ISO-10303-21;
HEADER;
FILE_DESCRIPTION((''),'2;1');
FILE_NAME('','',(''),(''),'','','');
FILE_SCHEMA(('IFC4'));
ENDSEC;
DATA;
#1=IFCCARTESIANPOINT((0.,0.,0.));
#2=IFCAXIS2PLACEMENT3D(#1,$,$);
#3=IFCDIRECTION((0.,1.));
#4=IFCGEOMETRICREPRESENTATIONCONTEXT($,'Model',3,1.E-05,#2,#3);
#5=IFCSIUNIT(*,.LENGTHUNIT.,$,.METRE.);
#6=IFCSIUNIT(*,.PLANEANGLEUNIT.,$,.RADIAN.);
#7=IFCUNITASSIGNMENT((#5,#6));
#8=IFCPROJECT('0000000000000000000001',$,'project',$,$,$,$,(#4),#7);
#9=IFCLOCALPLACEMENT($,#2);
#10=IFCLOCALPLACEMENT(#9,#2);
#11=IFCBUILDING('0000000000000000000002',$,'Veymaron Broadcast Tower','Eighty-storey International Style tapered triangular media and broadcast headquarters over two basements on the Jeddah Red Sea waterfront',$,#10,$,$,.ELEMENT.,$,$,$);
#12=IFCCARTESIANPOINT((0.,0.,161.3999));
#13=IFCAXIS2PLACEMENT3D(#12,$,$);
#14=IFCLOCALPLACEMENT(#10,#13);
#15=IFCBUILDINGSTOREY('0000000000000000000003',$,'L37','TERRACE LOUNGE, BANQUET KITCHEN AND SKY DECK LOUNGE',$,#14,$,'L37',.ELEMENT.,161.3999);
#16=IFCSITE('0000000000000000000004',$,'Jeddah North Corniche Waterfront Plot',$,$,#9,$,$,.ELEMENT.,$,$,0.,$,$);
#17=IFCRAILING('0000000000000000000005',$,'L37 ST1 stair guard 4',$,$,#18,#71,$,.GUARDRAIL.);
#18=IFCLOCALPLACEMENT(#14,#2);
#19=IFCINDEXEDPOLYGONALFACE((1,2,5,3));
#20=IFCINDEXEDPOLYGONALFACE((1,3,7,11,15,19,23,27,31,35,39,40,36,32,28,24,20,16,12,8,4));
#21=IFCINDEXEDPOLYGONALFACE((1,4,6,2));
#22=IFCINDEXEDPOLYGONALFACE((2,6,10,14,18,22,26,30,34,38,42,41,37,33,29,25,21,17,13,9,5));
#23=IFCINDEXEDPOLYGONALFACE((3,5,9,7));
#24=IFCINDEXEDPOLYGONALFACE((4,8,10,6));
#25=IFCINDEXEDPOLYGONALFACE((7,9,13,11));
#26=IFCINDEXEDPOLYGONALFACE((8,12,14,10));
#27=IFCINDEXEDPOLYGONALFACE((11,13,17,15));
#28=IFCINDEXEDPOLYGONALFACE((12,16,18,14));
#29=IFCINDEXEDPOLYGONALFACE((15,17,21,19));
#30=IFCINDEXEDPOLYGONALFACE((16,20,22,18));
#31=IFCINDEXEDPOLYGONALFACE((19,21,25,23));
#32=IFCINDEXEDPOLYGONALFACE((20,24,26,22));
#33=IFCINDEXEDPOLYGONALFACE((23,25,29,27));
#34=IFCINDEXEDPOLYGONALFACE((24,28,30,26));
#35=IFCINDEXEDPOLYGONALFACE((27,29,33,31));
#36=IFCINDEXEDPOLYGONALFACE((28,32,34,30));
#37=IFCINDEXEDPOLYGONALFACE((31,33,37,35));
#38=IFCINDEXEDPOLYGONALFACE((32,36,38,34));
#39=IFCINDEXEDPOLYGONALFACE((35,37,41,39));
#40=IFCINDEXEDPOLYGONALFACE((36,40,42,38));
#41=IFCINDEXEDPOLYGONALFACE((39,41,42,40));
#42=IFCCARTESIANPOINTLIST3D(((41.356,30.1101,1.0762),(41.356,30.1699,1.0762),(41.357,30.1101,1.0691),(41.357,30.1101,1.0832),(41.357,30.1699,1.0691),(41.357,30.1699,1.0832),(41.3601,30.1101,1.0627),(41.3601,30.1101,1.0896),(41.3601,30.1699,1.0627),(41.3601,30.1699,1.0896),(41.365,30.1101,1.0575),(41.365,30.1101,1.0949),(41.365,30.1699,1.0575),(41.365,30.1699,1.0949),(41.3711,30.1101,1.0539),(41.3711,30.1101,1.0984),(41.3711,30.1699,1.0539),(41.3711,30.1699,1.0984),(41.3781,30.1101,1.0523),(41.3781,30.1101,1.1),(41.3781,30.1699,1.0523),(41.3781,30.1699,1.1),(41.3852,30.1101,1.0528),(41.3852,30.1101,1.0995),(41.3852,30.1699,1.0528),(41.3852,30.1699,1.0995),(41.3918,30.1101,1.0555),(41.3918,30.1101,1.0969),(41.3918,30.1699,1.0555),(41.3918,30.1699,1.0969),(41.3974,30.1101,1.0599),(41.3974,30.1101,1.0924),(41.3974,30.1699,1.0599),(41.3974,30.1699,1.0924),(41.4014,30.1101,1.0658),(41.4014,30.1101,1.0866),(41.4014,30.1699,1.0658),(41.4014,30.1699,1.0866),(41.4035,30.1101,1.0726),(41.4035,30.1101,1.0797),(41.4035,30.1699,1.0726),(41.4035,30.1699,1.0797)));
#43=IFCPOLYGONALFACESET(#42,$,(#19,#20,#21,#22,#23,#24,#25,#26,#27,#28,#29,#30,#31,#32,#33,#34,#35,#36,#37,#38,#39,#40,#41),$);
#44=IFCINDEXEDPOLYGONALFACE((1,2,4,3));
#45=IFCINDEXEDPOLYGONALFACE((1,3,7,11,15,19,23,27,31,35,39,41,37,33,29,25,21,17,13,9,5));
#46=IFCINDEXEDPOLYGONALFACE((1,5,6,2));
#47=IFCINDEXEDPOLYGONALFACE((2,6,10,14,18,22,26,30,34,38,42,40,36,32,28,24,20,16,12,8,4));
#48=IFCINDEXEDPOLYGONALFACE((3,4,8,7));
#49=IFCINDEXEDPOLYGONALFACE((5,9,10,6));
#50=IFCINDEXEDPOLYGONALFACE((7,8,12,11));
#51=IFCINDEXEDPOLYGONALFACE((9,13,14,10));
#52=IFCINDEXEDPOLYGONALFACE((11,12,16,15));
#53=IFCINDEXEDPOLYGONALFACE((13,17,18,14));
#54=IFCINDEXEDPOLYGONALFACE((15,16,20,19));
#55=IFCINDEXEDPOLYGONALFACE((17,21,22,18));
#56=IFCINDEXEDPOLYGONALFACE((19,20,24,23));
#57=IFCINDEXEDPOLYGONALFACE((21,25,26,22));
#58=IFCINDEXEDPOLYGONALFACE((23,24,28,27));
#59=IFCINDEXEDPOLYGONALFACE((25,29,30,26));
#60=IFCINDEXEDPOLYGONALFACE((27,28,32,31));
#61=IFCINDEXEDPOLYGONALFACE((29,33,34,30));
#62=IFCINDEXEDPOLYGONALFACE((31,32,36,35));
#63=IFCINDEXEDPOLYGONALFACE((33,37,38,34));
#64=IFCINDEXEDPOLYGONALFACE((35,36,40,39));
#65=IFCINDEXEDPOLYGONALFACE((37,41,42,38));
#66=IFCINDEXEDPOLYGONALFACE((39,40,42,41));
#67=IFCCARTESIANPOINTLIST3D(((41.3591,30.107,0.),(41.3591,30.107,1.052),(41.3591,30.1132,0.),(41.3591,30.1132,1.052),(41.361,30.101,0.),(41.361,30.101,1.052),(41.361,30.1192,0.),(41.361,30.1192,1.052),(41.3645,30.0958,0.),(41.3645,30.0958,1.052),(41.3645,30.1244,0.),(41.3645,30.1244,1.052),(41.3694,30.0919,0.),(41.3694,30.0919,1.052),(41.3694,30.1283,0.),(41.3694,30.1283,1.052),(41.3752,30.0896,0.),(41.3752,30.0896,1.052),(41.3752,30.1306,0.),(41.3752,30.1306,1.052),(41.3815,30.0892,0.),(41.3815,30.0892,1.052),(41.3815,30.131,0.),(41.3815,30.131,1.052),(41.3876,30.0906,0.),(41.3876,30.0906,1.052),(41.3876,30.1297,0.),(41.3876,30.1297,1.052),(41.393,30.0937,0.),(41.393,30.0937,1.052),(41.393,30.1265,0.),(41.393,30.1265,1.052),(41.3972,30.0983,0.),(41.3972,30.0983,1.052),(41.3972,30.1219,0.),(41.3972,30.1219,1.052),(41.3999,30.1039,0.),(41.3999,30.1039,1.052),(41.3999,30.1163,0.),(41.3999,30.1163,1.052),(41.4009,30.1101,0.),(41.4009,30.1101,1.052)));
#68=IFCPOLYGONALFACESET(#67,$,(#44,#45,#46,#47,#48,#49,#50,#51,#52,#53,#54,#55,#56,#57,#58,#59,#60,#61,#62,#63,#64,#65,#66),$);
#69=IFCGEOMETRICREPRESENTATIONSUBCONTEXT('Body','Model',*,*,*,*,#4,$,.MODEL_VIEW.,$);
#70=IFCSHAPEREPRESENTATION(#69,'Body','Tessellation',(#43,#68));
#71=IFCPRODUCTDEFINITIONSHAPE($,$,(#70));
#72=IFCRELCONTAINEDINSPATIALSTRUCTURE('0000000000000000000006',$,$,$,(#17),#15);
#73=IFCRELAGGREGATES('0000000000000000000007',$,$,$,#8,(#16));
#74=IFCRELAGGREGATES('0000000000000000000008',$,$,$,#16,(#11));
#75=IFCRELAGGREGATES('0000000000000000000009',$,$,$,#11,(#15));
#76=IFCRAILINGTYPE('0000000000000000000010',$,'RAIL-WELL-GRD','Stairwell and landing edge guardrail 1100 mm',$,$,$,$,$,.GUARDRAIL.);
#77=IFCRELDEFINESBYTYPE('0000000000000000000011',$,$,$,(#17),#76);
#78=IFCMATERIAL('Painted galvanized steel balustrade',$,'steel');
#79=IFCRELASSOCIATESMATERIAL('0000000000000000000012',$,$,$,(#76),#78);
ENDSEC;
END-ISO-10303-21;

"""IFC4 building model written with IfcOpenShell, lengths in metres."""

from ifc_helpers import new_model, si_unit, direction, frame, origin, origin_2d, place, context, subcontext, project, spatial, circle, extrude, material, type_object, element, save


model = new_model("IFC4")

# Units and contexts
model_context = context("Model", 3, precision=1e-05, world=origin(), true_north=direction((0.0, 1.0)))
body_context = subcontext(model_context, "Body", "Model", "MODEL_VIEW")
ifc_project = project(units=[si_unit("LENGTHUNIT", "METRE"), si_unit("PLANEANGLEUNIT", "RADIAN")], contexts=[model_context])

# Site, building, storey
site_placement = place(None, origin())
site = spatial("IfcSite", under=ifc_project, at=site_placement, Name="Jeddah North Corniche Waterfront Plot", CompositionType="ELEMENT", RefElevation=0.0)
building_placement = place(site_placement, origin())
building = spatial("IfcBuilding", under=site, at=building_placement, Name="Veymaron Broadcast Tower", Description="Eighty-storey International Style tapered triangular media and broadcast headquarters over two basements on the Jeddah Red Sea waterfront", CompositionType="ELEMENT")
storey_placement = place(building_placement, frame((0.0, 0.0, 161.3999)))
storey = spatial("IfcBuildingStorey", under=building, at=storey_placement, Name="L37", Description="TERRACE LOUNGE, BANQUET KITCHEN AND SKY DECK LOUNGE", LongName="L37", CompositionType="ELEMENT", Elevation=161.3999)

# Railing
ifc_material_1 = material(Name="Painted galvanized steel balustrade", Category="steel")
railing_type_1 = type_object("IfcRailingType", Name="RAIL-WELL-GRD", Description="Stairwell and landing edge guardrail 1100 mm", PredefinedType="GUARDRAIL", material=ifc_material_1)
railing_1_placement = place(storey_placement, frame((41.3799, 30.1101, 0.0)))
element("IfcRailing", 1, at=railing_1_placement, inside=storey, type_object=railing_type_1, Name="L37 ST1 stair guard 4", PredefinedType="GUARDRAIL", context=body_context, shape_type="SweptSolid", body=[
    extrude(circle(Radius=0.0239, at=origin_2d()), frame((0.0, 0.0, 1.0762), z_axis=(0.0, 1.0, 0.0), x_axis=(-1.0, 0.0, 0.0)), (0.0, 0.0, 1.0), 0.0598),
    extrude(circle(Radius=0.021, at=origin_2d()), origin(), (0.0, 0.0, 1.0), 1.052),
])

save(model, "model.ifc")
